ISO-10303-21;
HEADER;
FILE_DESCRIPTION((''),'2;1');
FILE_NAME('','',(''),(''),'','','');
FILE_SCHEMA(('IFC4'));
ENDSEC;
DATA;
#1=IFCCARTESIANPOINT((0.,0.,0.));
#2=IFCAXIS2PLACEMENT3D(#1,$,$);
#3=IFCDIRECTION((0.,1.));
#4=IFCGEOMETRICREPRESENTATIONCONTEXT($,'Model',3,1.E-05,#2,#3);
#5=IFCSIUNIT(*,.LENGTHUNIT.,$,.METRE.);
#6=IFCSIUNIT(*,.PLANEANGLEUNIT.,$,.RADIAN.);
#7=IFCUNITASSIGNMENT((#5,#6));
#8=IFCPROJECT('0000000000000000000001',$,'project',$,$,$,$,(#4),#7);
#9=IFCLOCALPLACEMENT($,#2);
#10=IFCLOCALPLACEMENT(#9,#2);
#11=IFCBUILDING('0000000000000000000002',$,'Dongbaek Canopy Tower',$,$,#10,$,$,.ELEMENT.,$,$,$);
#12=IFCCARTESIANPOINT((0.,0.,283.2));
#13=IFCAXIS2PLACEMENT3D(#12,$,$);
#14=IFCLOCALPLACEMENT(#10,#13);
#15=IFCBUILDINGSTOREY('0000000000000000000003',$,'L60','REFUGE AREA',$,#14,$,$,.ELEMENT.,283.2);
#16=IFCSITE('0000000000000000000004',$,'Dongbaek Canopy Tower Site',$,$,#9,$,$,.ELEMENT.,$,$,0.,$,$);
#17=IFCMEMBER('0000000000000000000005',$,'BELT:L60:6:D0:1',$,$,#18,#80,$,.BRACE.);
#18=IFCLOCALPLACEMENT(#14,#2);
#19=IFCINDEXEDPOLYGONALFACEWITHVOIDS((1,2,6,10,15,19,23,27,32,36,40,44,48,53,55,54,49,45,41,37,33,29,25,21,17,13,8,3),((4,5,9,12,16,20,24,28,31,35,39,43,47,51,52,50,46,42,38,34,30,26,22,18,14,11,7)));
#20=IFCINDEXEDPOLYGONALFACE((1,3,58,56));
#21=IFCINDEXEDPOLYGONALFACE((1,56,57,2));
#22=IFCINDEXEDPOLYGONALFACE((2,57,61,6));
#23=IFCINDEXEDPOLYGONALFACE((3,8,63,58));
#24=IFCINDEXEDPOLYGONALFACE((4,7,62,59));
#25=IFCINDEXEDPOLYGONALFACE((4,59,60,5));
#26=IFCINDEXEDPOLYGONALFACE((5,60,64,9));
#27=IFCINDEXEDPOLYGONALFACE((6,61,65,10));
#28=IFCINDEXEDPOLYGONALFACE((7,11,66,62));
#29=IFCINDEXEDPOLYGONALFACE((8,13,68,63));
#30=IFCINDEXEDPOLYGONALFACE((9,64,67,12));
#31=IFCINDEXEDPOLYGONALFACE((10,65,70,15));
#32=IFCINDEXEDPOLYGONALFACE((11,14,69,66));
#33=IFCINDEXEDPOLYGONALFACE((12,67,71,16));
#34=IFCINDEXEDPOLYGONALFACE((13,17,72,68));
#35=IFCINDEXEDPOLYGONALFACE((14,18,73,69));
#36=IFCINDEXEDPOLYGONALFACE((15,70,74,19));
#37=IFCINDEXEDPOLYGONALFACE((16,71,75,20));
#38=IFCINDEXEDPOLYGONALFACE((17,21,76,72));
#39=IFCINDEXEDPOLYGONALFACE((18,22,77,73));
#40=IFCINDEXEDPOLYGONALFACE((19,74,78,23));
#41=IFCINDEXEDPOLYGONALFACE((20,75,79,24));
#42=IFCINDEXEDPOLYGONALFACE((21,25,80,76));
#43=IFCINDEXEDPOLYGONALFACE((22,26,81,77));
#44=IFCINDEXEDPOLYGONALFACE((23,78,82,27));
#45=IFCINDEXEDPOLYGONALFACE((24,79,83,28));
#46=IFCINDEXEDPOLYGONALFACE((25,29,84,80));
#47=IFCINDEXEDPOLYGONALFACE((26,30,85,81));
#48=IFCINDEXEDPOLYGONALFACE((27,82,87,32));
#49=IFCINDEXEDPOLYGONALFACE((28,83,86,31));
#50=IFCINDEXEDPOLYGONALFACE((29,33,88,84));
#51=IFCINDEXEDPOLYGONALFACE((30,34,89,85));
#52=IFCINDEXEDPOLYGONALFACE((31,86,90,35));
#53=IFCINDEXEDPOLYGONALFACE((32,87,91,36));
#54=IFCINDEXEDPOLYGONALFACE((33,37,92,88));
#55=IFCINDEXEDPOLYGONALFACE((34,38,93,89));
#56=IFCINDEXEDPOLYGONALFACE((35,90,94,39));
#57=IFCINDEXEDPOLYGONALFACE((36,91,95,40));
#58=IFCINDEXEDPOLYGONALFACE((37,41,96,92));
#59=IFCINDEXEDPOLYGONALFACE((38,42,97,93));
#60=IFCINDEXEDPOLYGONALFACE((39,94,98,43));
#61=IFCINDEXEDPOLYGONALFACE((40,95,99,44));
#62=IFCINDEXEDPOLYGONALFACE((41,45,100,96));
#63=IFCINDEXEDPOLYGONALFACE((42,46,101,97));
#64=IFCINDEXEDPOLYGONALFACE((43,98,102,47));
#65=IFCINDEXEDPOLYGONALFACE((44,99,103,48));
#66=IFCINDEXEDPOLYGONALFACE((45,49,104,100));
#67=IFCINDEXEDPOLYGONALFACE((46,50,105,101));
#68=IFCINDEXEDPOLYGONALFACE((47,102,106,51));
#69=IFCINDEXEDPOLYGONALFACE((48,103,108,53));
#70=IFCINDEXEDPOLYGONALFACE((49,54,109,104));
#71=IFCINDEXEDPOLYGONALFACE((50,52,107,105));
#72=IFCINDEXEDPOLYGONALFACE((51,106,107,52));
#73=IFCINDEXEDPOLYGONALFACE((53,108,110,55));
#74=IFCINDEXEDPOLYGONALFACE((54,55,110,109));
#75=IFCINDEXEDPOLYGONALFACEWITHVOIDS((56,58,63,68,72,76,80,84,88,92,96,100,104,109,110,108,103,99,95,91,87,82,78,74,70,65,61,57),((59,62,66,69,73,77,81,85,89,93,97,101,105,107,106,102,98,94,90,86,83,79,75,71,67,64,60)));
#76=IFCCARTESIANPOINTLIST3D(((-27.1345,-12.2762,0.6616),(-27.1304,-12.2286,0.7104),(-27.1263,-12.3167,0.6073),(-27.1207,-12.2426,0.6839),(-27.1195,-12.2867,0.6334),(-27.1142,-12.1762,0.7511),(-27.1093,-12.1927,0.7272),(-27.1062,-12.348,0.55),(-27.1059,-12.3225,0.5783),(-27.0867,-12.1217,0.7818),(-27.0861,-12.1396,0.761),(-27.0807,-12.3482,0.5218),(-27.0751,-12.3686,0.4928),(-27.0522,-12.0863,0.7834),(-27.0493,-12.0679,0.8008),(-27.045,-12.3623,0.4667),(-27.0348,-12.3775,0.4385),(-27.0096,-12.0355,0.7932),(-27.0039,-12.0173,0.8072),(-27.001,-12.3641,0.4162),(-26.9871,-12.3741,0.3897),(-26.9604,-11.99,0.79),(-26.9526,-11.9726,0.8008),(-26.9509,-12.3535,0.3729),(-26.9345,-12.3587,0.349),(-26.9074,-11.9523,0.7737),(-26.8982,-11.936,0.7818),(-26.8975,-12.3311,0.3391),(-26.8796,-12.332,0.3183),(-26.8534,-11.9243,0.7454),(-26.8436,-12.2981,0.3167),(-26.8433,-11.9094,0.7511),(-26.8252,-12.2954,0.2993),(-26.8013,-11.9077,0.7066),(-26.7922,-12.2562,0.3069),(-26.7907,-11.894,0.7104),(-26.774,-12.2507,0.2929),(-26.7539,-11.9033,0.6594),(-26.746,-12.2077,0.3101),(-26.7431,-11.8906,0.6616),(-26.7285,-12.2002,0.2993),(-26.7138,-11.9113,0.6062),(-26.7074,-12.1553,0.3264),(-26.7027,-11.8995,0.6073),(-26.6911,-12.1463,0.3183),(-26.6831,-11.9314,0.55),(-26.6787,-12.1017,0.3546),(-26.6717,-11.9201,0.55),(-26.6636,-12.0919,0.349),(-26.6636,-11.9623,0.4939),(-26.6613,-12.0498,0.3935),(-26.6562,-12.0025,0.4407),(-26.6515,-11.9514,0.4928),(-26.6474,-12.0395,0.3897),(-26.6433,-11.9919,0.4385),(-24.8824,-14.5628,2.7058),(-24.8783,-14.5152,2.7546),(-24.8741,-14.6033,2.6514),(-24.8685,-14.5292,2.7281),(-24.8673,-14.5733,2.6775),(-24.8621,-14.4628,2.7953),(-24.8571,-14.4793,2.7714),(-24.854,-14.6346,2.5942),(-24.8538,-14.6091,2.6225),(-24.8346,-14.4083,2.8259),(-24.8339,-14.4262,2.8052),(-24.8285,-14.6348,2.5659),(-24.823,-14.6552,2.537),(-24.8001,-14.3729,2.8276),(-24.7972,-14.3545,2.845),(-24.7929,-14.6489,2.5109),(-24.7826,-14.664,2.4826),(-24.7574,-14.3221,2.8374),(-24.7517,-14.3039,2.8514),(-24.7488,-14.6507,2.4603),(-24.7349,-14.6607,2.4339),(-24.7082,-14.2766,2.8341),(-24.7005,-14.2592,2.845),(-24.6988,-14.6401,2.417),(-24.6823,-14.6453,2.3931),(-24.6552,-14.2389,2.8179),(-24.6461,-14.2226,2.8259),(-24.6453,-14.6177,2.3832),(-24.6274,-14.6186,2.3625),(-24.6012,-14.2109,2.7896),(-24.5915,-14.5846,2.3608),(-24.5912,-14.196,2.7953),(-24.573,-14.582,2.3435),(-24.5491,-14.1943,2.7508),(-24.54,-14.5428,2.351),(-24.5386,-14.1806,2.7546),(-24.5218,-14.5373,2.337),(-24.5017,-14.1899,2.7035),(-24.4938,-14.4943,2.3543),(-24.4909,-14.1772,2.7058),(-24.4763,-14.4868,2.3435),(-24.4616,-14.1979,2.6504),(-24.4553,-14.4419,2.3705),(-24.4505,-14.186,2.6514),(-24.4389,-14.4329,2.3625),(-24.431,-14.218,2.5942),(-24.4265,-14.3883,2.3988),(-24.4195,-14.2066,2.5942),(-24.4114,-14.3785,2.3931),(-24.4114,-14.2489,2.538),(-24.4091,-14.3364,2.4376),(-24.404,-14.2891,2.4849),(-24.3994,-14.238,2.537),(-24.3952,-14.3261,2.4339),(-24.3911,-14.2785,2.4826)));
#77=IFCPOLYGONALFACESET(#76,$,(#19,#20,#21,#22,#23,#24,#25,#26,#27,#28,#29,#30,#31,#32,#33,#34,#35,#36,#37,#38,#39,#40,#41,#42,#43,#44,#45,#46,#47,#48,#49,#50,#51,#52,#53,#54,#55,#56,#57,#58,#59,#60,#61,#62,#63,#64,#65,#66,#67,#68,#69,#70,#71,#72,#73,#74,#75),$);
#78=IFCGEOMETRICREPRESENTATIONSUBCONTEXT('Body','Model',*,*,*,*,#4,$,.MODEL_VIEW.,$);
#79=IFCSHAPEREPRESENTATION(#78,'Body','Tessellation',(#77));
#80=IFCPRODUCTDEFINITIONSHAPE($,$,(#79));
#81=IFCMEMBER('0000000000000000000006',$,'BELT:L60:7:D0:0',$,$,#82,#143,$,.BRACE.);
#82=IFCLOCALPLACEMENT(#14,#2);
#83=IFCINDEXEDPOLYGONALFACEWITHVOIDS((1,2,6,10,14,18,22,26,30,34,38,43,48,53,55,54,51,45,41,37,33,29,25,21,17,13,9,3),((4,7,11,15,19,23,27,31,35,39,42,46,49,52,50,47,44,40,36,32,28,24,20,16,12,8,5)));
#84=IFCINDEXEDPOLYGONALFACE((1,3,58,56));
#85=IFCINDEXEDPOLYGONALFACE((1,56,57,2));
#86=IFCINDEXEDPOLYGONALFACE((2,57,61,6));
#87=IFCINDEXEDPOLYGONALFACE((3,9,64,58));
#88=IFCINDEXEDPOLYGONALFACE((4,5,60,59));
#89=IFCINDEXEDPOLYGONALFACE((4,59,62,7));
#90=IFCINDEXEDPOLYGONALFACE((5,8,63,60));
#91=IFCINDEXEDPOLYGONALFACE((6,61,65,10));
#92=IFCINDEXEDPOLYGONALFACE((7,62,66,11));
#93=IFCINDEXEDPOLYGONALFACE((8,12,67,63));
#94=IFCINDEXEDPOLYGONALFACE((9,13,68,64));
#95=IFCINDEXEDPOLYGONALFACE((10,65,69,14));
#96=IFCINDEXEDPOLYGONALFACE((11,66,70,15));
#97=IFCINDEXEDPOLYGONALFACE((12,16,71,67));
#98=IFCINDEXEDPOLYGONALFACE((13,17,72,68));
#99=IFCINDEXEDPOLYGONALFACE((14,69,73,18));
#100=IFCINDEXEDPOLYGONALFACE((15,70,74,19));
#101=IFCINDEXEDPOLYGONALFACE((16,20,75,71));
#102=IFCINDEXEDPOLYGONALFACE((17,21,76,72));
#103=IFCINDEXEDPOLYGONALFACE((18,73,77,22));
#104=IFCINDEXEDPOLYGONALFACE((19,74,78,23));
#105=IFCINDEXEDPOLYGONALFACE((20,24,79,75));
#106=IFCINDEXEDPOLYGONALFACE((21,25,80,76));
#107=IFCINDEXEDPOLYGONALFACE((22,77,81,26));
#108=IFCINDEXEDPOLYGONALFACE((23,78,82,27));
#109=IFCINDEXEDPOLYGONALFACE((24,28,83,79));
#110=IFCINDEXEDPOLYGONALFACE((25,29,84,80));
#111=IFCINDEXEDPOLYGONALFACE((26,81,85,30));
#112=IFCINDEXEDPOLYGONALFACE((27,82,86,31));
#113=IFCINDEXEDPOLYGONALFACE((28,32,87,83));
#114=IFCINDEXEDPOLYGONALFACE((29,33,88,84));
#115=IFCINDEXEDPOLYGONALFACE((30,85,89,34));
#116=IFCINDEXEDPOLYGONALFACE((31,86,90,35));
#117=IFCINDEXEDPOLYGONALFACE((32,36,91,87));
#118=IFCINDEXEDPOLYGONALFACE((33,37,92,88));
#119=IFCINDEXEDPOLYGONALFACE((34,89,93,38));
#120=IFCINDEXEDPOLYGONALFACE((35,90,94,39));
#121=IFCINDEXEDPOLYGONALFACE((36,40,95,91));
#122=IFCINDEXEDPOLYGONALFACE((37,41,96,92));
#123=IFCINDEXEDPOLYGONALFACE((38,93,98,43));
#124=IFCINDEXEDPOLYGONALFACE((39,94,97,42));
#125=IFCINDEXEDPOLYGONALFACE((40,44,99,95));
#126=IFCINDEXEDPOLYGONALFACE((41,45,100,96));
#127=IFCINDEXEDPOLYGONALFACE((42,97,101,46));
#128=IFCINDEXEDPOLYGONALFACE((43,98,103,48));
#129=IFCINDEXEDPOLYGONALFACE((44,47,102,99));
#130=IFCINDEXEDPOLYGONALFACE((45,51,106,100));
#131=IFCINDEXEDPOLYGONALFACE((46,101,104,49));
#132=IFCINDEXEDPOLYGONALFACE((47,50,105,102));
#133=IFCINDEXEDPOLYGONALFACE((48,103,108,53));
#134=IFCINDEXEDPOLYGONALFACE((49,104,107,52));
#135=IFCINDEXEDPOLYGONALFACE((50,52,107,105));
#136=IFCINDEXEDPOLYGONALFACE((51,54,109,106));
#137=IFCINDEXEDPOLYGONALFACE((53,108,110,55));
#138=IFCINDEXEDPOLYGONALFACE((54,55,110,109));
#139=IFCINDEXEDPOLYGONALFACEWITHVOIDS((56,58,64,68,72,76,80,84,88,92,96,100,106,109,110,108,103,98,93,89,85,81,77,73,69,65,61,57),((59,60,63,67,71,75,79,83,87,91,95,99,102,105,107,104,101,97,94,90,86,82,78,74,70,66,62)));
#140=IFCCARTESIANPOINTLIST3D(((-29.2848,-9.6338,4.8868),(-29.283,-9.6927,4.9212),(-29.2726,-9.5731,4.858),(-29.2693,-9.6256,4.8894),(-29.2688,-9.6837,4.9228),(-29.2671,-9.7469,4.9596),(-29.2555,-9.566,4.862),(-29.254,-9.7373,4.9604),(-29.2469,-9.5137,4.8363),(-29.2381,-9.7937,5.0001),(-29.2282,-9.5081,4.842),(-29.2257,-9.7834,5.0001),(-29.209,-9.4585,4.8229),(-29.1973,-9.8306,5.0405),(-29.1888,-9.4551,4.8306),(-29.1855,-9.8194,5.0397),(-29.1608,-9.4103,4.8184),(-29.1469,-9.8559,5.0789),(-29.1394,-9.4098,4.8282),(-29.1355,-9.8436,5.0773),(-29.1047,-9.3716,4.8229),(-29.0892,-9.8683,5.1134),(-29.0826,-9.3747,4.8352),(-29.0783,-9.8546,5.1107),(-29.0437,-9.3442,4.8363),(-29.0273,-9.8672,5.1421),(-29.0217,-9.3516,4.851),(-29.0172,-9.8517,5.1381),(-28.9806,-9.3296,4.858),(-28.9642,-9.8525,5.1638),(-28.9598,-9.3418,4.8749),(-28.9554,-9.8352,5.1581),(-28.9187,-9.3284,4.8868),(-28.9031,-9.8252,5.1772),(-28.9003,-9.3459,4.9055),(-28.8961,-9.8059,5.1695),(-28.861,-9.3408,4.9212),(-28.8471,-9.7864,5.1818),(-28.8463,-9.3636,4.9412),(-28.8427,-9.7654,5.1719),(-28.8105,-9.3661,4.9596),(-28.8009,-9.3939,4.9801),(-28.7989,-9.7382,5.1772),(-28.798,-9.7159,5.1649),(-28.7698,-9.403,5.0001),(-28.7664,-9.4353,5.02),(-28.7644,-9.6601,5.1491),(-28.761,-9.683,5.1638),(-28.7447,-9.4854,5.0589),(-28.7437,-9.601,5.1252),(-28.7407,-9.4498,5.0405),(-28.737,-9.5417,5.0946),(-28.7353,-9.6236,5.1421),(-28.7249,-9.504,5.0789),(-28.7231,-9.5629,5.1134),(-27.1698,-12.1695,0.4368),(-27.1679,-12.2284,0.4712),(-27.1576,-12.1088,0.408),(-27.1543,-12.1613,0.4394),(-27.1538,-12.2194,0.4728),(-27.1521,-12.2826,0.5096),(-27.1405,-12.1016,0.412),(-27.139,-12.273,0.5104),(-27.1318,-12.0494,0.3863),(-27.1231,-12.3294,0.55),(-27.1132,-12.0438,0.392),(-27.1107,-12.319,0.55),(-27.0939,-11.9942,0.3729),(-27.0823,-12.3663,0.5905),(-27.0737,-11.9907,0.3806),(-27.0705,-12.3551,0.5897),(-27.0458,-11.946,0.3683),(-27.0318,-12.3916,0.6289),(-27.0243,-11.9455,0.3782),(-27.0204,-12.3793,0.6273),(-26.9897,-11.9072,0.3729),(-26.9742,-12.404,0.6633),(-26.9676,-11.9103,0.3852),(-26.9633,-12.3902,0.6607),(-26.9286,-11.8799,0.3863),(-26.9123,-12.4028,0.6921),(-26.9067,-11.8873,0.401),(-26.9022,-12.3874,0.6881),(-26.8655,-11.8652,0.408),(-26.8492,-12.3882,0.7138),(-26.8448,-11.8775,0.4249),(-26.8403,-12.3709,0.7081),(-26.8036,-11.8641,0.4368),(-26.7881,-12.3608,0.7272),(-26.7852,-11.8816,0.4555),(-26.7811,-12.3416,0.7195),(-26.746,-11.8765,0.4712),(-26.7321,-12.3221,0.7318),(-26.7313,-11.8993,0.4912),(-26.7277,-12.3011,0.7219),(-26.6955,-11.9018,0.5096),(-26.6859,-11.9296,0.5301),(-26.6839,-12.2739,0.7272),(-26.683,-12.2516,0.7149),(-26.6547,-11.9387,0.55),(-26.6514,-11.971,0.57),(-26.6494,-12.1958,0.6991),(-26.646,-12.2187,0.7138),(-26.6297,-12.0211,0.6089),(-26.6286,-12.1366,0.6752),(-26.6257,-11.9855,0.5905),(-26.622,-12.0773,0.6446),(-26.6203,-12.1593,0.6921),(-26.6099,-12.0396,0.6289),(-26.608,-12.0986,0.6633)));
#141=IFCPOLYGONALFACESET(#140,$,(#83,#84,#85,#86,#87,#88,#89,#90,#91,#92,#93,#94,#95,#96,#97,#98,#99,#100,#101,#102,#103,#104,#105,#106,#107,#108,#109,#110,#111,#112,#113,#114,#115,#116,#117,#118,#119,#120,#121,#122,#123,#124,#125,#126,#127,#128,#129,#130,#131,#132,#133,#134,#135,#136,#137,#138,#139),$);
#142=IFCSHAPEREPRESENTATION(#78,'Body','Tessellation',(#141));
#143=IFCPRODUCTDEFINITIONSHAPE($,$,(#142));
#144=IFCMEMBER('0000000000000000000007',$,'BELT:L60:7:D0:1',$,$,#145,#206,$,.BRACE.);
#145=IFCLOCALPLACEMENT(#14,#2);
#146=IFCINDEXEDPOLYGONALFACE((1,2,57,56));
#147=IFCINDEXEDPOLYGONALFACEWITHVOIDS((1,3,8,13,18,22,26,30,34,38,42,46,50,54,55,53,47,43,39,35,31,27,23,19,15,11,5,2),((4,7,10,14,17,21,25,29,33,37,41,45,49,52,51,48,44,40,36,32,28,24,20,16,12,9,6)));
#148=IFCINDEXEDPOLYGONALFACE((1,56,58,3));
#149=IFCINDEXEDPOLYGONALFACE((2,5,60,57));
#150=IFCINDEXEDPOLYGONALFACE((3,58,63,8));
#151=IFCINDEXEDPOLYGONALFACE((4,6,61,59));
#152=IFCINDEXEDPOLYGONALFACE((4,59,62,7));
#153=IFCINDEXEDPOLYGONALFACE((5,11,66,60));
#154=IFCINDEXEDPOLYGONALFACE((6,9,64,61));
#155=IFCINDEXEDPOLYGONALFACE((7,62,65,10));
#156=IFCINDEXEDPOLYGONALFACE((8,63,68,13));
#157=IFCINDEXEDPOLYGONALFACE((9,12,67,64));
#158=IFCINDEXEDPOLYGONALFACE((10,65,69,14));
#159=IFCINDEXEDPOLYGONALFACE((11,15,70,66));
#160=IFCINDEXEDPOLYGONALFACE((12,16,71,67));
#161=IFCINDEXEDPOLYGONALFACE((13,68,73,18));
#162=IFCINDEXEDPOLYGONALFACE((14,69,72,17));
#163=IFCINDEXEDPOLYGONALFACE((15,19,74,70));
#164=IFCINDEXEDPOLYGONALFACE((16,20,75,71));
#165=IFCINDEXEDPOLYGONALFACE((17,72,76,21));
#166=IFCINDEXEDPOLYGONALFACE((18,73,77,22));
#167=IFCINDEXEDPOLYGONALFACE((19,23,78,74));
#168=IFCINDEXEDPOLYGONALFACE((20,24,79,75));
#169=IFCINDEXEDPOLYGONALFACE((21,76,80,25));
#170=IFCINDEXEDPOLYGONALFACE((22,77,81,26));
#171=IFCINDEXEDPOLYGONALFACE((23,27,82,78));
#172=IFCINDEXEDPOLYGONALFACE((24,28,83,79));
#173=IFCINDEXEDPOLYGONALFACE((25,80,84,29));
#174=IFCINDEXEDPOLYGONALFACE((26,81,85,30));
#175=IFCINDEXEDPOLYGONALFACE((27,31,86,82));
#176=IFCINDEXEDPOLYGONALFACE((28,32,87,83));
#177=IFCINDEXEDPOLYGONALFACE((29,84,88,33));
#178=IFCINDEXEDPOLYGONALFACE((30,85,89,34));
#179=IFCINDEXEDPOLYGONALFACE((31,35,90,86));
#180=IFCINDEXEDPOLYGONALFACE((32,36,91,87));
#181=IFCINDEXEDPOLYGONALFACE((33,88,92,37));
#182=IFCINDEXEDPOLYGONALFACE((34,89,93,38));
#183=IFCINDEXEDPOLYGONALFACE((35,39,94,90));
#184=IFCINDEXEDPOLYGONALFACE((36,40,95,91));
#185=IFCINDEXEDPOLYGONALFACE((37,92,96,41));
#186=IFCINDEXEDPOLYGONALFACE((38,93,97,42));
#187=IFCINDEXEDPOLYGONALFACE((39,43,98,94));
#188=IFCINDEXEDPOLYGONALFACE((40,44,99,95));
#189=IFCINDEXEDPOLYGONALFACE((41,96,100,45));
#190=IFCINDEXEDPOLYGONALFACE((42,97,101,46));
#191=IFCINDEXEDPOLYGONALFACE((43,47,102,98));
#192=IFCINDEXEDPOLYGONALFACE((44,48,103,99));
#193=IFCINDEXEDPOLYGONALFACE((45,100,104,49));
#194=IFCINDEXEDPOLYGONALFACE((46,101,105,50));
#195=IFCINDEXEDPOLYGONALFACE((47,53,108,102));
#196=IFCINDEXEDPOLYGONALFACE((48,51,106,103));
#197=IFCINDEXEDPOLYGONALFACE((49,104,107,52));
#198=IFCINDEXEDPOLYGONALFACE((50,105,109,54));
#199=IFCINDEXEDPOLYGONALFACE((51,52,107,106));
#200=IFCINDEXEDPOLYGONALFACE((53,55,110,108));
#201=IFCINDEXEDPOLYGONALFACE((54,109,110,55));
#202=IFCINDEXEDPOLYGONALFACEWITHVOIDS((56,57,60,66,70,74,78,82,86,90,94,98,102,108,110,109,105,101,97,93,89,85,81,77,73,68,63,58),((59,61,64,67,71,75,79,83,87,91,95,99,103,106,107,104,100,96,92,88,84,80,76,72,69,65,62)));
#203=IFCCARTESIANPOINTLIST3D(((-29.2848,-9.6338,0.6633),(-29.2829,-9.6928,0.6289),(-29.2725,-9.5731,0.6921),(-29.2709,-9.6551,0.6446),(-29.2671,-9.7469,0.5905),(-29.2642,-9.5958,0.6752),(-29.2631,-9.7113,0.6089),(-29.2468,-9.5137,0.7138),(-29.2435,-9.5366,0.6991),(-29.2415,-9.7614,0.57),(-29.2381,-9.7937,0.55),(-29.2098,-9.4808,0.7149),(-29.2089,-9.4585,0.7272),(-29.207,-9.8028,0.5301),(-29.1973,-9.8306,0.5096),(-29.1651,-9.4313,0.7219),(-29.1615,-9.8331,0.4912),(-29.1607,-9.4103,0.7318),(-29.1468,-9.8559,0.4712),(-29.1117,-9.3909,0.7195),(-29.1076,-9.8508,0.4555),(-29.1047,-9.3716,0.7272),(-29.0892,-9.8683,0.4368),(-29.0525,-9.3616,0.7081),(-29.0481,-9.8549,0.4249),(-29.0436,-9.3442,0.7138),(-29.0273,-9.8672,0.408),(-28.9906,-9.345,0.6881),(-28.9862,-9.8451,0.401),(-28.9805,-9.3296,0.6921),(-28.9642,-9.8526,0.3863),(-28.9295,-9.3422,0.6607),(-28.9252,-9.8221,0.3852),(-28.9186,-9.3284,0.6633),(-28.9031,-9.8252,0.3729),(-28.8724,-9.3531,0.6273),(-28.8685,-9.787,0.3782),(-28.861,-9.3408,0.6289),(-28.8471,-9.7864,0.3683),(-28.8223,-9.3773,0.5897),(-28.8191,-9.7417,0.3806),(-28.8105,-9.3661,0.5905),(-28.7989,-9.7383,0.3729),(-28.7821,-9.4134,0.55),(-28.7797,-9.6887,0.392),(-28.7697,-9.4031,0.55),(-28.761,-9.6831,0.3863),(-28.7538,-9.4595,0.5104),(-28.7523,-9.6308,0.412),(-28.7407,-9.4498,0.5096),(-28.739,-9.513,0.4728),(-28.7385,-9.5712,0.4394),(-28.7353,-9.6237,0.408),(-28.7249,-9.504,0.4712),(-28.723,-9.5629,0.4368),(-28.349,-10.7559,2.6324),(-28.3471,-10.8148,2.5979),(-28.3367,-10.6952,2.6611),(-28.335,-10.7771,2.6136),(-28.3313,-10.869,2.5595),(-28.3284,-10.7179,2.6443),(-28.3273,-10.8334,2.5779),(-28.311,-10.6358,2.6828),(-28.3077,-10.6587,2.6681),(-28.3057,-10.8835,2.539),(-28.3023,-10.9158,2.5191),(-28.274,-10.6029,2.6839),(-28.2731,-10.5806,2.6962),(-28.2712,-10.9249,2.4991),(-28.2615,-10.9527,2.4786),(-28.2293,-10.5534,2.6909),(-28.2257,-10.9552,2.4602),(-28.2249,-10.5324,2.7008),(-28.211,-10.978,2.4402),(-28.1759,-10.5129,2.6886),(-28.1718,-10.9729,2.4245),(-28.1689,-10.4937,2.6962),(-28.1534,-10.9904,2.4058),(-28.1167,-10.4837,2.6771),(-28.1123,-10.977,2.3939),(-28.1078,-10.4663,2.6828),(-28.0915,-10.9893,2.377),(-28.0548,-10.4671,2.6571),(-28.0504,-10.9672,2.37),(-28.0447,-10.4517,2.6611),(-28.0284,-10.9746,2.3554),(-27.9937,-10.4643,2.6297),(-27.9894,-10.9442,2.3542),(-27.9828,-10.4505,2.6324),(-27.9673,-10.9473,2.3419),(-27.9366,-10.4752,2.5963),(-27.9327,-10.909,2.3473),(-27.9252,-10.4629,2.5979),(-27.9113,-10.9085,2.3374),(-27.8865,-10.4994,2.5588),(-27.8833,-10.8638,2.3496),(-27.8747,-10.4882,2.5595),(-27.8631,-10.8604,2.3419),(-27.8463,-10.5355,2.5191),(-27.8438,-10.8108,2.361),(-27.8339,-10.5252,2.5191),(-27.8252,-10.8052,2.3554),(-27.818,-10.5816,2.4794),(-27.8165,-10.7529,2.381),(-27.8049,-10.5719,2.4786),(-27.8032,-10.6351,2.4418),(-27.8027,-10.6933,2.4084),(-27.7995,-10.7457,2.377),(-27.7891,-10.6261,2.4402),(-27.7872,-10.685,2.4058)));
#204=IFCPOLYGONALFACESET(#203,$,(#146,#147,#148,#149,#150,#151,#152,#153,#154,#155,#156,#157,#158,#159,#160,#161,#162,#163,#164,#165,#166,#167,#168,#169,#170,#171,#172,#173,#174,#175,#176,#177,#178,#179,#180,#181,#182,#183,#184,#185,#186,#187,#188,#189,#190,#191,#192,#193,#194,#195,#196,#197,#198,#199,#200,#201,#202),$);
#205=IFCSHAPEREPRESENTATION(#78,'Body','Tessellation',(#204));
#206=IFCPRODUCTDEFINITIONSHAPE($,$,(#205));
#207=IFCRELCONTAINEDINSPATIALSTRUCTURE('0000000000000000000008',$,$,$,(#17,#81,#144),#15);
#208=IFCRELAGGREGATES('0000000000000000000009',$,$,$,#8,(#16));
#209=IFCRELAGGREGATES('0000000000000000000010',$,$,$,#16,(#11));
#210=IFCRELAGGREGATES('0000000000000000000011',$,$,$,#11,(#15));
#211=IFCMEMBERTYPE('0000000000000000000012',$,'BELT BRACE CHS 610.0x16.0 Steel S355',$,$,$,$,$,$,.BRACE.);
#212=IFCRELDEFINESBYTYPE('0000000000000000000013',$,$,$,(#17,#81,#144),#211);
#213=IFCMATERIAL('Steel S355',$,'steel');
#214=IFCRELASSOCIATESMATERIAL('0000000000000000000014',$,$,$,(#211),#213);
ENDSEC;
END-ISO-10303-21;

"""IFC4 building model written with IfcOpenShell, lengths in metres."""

from ifc_helpers import new_model, si_unit, direction, frame, origin, origin_2d, place, context, subcontext, project, spatial, hollow_circle, extrude, material, material_profile, profile_set, type_object, element, save


model = new_model("IFC4")

# Units and contexts
model_context = context("Model", 3, precision=1e-05, world=origin(), true_north=direction((0.0, 1.0)))
body_context = subcontext(model_context, "Body", "Model", "MODEL_VIEW")
ifc_project = project(units=[si_unit("LENGTHUNIT", "METRE"), si_unit("PLANEANGLEUNIT", "RADIAN")], contexts=[model_context])

# Site, building, storey
site_placement = place(None, origin())
site = spatial("IfcSite", under=ifc_project, at=site_placement, Name="Dongbaek Canopy Tower Site", CompositionType="ELEMENT", RefElevation=0.0)
building_placement = place(site_placement, origin())
building = spatial("IfcBuilding", under=site, at=building_placement, Name="Dongbaek Canopy Tower", CompositionType="ELEMENT")
storey_placement = place(building_placement, frame((0.0, 0.0, 283.2)))
storey = spatial("IfcBuildingStorey", under=building, at=storey_placement, Name="L60", Description="REFUGE AREA", CompositionType="ELEMENT", Elevation=283.2)

# Members
ifc_material_1 = material(Name="Steel S355", Category="steel")
ifc_material_profile_1 = material_profile(ifc_material_1, hollow_circle(Radius=0.3049, WallThickness=0.0161, at=origin_2d()), Name="BELT BRACE CHS 610.0x16.0 Steel S355")
ifc_profile_set_1 = profile_set([ifc_material_profile_1], Name="Steel S355")
member_type_1 = type_object("IfcMemberType", Name="BELT BRACE CHS 610.0x16.0 Steel S355", PredefinedType="BRACE", material=ifc_profile_set_1)
member_1_placement = place(storey_placement, frame((-26.8889, -12.134, 0.55), z_axis=(0.59187, -0.600916, 0.537206), x_axis=(0.712449, 0.701724, 0.0)))
element("IfcMember", 1, at=member_1_placement, inside=storey, type_object=member_type_1, Name="BELT:L60:6:D0:1", PredefinedType="BRACE", context=body_context, shape_type="SweptSolid", body=[
    extrude(hollow_circle(Radius=0.3049, WallThickness=0.0161, at=origin_2d()), origin(), (0.0, 0.0, 1.0), 3.8052),
])
member_2_placement = place(storey_placement, frame((-26.8889, -12.134, 0.55), z_axis=(-0.381685, 0.4576, 0.803068), x_axis=(-0.76793, -0.640533, 0.0)))
element("IfcMember", 2, at=member_2_placement, inside=storey, type_object=member_type_1, Name="BELT:L60:7:D0:0", PredefinedType="BRACE", context=body_context, shape_type="SweptSolid", body=[
    extrude(hollow_circle(Radius=0.3049, WallThickness=0.0161, at=origin_2d()), origin(), (0.0, 0.0, 1.0), 5.5413),
])
member_3_placement = place(storey_placement, frame((-29.0039, -9.5984, 0.55), z_axis=(0.381664, -0.457638, 0.803057), x_axis=(0.767975, 0.64048, 0.0)))
element("IfcMember", 3, at=member_3_placement, inside=storey, type_object=member_type_1, Name="BELT:L60:7:D0:1", PredefinedType="BRACE", context=body_context, shape_type="SweptSolid", body=[
    extrude(hollow_circle(Radius=0.3049, WallThickness=0.0161, at=origin_2d()), origin(), (0.0, 0.0, 1.0), 2.4519),
])

save(model, "model.ifc")
